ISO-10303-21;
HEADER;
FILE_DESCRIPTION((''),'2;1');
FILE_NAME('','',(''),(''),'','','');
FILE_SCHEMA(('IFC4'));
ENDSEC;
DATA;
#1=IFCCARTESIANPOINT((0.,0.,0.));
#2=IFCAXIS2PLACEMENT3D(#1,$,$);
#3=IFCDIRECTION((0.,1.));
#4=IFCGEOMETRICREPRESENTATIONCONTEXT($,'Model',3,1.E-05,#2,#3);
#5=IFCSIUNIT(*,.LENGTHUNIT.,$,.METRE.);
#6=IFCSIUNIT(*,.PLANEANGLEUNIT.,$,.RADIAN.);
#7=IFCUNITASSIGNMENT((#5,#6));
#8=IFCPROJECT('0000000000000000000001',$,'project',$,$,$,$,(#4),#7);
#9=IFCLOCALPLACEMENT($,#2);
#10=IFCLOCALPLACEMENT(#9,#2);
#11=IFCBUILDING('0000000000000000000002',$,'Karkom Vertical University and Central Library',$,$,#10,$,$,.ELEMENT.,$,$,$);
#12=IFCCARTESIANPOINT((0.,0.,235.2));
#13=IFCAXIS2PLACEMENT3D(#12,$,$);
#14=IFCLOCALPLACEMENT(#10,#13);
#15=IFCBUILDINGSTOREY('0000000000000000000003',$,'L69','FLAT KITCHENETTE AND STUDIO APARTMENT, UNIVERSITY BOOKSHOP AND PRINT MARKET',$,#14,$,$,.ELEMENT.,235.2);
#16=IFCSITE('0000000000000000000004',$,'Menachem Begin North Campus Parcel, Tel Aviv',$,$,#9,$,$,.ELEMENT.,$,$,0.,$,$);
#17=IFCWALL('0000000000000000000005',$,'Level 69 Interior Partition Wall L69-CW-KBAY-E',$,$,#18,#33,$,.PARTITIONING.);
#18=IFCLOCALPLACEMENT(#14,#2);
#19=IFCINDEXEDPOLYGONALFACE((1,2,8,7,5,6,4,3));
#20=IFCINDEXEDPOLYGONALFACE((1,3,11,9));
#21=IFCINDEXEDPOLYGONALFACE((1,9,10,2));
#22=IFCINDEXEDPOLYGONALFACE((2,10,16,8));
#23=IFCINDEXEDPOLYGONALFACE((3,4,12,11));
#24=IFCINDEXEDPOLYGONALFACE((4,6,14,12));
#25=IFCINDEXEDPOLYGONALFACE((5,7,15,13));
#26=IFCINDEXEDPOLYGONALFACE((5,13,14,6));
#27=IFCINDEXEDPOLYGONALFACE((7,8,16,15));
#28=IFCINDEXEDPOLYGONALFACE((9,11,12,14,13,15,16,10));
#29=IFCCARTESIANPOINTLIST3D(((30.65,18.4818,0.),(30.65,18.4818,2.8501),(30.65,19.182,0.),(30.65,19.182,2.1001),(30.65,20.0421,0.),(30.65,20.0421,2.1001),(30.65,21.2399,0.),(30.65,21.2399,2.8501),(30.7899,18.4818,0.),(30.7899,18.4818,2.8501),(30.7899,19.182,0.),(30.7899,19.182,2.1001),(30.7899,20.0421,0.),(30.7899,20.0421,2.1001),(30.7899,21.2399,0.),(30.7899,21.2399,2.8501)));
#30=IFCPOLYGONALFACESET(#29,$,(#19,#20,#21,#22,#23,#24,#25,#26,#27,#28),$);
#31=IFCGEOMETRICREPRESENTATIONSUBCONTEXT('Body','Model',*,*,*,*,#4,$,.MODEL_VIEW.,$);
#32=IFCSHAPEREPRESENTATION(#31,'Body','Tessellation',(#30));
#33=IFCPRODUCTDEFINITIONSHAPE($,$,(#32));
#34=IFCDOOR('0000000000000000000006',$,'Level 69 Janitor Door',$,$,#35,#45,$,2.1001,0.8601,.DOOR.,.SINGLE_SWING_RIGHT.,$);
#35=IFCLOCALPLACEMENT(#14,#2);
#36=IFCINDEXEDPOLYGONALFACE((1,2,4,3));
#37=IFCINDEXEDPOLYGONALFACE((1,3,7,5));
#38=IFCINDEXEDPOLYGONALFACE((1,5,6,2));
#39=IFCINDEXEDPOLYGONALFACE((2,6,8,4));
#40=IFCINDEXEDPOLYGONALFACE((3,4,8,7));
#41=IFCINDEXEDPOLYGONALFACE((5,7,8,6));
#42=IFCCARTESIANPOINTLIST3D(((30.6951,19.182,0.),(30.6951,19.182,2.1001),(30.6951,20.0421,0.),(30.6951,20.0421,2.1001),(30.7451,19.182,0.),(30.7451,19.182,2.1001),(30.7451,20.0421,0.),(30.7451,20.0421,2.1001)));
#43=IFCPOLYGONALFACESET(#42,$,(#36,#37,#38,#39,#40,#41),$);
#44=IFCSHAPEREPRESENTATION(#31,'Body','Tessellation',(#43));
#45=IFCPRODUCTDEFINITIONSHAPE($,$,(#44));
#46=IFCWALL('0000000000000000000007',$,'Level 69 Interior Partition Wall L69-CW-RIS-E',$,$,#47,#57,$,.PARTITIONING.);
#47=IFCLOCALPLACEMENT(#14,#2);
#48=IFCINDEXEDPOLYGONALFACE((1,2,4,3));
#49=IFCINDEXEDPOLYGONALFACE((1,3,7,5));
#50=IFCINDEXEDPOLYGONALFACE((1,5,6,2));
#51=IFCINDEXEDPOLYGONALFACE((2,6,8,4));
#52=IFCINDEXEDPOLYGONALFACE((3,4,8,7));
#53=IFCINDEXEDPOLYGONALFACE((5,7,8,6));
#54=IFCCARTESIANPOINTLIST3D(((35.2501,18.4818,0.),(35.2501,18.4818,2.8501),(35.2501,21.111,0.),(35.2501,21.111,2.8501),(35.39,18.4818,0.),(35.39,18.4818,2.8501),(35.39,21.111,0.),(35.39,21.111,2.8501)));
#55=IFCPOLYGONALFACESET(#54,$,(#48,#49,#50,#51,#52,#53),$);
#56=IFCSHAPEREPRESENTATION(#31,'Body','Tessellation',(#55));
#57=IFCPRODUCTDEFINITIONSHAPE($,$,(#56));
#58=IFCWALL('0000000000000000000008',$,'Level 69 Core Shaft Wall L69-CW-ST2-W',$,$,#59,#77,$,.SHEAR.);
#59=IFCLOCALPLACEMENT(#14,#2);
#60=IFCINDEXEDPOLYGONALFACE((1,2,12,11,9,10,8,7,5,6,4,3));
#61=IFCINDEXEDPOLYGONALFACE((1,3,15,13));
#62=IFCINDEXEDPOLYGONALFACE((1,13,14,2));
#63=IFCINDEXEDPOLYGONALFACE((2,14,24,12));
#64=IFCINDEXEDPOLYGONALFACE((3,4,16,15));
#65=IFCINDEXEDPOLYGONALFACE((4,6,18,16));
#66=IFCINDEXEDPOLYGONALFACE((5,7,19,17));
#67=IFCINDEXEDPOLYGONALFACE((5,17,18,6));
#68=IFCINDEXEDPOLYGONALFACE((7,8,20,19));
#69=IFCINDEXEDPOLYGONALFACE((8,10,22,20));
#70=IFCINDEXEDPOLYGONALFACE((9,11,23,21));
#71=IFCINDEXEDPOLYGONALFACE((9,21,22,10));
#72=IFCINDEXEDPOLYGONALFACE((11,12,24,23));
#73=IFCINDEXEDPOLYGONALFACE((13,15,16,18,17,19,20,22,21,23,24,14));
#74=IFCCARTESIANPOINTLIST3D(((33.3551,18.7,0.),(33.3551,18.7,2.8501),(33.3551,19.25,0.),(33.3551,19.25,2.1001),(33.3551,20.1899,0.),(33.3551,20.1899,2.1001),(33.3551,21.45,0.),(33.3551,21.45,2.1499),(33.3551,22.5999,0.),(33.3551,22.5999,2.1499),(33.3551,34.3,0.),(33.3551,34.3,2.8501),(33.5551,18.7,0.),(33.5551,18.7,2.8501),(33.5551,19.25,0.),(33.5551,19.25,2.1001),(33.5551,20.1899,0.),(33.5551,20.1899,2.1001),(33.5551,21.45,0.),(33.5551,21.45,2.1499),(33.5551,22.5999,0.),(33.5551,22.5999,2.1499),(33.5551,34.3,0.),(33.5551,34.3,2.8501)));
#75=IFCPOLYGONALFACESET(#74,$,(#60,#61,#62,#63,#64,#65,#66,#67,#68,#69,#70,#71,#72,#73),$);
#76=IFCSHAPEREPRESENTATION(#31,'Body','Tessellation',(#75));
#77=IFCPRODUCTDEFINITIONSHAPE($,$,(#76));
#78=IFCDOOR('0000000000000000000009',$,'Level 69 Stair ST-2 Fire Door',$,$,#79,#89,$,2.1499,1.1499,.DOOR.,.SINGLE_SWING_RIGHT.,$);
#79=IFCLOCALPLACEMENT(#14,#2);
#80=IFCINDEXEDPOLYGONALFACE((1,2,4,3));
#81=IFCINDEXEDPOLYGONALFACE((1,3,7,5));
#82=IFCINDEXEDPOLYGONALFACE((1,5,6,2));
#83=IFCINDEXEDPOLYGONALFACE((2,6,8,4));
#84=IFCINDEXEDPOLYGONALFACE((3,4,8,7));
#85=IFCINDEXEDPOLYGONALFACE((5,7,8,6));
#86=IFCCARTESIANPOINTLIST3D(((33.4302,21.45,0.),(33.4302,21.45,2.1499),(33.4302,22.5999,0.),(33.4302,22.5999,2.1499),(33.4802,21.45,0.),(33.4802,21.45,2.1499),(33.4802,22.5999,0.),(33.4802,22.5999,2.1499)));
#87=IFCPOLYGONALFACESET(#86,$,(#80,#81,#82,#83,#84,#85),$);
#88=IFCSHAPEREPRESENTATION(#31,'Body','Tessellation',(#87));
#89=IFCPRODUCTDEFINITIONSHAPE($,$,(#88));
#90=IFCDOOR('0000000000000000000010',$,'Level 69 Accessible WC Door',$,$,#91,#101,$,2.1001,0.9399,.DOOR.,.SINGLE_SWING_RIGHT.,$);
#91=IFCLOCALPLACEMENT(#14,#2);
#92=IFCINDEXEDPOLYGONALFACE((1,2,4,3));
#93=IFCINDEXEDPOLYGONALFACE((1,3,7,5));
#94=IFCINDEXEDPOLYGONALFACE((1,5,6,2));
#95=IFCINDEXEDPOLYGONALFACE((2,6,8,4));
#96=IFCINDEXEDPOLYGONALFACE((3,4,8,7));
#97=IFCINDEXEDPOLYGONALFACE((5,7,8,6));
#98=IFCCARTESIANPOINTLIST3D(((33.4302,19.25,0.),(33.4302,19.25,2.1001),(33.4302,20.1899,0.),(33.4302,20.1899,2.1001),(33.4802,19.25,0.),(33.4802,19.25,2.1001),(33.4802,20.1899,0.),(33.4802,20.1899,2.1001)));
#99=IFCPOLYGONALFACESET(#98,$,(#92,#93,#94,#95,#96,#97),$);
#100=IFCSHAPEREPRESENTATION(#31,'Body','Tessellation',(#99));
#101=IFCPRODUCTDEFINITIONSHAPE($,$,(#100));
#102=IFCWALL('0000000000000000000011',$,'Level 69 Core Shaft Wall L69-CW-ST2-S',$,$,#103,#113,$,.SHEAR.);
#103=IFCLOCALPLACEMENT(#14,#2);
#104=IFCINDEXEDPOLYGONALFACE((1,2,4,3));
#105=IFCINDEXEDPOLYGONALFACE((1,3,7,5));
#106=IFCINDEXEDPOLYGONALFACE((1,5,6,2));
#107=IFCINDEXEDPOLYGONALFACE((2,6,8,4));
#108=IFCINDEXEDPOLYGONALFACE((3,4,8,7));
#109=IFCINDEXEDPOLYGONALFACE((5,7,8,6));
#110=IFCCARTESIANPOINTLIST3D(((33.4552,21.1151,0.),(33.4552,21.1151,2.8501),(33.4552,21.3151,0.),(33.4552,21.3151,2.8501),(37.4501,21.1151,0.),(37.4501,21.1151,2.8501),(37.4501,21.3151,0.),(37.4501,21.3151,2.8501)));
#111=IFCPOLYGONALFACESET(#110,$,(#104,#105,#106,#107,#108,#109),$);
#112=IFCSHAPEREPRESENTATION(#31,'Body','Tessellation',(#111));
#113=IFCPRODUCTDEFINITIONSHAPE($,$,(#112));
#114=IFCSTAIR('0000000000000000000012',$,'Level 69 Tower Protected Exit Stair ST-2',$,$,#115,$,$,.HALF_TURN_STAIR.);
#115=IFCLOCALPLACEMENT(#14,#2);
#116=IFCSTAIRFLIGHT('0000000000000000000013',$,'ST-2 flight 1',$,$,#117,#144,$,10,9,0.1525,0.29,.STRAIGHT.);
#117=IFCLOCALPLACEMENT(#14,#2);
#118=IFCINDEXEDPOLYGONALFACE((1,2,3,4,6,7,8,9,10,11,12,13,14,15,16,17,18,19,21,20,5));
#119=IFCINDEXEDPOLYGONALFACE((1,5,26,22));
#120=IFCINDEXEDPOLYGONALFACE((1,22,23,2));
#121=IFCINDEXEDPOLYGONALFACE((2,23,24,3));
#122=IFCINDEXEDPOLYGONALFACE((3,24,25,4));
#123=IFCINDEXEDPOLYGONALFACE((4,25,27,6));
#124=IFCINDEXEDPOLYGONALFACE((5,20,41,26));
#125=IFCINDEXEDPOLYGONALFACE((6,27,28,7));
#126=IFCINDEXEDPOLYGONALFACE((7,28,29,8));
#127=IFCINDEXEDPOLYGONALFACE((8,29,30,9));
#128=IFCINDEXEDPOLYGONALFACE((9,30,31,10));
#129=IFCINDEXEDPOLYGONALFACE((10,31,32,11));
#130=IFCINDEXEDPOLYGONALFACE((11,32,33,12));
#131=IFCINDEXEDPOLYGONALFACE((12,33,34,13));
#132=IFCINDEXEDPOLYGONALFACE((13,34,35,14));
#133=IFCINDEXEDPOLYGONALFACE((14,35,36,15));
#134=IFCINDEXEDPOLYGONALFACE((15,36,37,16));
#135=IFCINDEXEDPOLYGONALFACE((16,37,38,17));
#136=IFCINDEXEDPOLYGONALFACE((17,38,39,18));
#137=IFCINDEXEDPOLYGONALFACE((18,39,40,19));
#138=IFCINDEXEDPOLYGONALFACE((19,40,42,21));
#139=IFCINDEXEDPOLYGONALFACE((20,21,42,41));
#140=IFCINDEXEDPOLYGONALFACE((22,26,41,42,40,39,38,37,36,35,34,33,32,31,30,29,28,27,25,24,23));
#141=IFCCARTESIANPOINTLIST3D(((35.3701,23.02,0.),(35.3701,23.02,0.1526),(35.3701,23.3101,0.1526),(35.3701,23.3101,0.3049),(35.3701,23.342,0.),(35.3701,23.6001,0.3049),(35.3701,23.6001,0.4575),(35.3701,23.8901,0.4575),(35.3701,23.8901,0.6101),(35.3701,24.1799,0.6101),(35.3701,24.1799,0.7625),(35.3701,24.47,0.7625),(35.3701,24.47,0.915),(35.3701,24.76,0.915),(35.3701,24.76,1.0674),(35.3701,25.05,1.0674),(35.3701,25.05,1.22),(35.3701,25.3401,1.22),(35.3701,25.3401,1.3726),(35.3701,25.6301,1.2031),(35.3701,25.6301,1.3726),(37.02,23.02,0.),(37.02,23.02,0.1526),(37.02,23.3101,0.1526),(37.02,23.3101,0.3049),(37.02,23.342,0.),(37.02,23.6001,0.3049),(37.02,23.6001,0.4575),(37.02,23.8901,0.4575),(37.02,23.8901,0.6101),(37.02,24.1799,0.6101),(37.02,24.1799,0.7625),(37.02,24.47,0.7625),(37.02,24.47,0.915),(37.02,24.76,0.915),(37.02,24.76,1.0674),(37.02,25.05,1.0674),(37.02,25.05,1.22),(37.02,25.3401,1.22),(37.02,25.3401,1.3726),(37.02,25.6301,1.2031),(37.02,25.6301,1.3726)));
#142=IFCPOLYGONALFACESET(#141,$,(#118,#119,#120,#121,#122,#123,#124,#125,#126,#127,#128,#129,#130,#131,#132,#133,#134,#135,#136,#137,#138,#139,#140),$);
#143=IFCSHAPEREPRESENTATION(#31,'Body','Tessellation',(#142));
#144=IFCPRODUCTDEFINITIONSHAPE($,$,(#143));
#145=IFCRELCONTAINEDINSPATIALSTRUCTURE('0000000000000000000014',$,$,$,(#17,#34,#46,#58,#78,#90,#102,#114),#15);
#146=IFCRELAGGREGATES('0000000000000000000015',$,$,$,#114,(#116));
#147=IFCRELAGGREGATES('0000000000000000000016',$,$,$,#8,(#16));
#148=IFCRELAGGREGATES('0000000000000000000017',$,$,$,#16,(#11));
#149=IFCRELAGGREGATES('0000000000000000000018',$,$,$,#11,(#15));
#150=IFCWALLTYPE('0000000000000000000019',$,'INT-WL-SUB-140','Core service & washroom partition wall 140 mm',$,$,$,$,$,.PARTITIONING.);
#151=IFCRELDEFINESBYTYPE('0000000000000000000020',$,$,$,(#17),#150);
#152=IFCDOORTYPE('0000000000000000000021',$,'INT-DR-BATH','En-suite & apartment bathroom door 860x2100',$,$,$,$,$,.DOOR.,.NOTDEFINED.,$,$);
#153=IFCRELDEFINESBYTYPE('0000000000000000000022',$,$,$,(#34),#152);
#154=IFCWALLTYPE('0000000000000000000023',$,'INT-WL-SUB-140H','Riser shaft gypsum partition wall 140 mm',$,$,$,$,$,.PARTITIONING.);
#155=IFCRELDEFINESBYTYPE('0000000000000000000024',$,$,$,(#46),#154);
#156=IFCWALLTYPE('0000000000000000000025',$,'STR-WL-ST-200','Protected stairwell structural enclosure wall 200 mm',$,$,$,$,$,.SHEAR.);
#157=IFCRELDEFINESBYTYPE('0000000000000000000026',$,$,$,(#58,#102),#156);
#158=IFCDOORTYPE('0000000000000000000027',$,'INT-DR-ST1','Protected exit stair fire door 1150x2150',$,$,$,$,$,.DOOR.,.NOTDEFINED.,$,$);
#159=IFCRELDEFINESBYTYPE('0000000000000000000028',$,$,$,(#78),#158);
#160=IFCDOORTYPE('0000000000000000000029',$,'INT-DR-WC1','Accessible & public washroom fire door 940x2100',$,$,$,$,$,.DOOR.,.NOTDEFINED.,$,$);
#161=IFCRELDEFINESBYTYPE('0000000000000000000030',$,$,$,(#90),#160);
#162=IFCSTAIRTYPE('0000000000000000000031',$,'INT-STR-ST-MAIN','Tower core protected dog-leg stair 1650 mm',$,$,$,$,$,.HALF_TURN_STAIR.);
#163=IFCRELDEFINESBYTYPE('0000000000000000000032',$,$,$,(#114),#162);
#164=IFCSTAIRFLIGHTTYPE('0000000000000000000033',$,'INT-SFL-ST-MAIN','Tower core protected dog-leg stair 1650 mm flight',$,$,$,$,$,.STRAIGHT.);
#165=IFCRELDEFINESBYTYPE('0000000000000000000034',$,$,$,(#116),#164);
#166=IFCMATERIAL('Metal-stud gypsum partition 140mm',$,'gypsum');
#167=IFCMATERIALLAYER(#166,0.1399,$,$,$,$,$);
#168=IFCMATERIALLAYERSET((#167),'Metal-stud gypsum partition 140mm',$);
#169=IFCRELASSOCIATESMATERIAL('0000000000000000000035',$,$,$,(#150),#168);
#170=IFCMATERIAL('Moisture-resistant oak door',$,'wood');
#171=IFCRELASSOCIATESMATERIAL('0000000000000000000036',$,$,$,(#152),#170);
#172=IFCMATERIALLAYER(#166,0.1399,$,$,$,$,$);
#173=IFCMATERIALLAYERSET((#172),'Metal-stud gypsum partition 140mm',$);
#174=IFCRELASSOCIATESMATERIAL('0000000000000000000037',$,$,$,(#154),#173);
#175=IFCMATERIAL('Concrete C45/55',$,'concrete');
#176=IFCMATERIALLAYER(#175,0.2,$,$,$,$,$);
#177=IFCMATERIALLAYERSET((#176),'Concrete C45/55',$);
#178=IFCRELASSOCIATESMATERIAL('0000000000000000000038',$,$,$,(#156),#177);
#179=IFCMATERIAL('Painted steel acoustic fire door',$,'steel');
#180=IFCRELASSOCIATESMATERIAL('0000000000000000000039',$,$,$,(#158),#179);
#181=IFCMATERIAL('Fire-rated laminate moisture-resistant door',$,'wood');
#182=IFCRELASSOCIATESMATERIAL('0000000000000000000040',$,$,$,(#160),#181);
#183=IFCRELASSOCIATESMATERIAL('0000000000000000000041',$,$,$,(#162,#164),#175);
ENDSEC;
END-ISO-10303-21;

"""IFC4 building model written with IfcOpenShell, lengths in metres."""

from ifc_helpers import new_model, si_unit, direction, frame, frame_2d, origin, origin_with_axes, place, context, subcontext, project, spatial, polyline, rectangle, outline, extrude, source, transform, mapped, material, layer, layer_set, type_object, element, fill, aggregate, save


model = new_model("IFC4")

# Units and contexts
model_context = context("Model", 3, precision=1e-05, world=origin(), true_north=direction((0.0, 1.0)))
body_context = subcontext(model_context, "Body", "Model", "MODEL_VIEW")
ifc_project = project(units=[si_unit("LENGTHUNIT", "METRE"), si_unit("PLANEANGLEUNIT", "RADIAN")], contexts=[model_context])

# Site, building, storey
site_placement = place(None, origin())
site = spatial("IfcSite", under=ifc_project, at=site_placement, Name="Menachem Begin North Campus Parcel, Tel Aviv", CompositionType="ELEMENT", RefElevation=0.0)
building_placement = place(site_placement, origin())
building = spatial("IfcBuilding", under=site, at=building_placement, Name="Karkom Vertical University and Central Library", CompositionType="ELEMENT")
storey_placement = place(building_placement, frame((0.0, 0.0, 235.2)))
storey = spatial("IfcBuildingStorey", under=building, at=storey_placement, Name="L69", Description="FLAT KITCHENETTE AND STUDIO APARTMENT, UNIVERSITY BOOKSHOP AND PRINT MARKET", CompositionType="ELEMENT", Elevation=235.2)

# Shared definitions
ifc_material_1 = material(Name="Concrete C45/55", Category="concrete")

# Shared definitions
ifc_material_2 = material(Name="Metal-stud gypsum partition 140mm", Category="gypsum")
ifc_layer_1 = layer(ifc_material_2, 0.1399)
ifc_layer_set_1 = layer_set([ifc_layer_1], Name="Metal-stud gypsum partition 140mm")
wall_type_1 = type_object("IfcWallType", Name="INT-WL-SUB-140", Description="Core service & washroom partition wall 140 mm", PredefinedType="PARTITIONING", material=ifc_layer_set_1)

# Wall, opening, door
wall_1_placement = place(storey_placement, frame((30.72, 18.4819, 0.0), z_axis=(0.0, 0.0, 1.0), x_axis=(0.0, 1.0, 0.0)))
wall_1 = element("IfcWall", 1, at=wall_1_placement, inside=storey, type_object=wall_type_1, Name="Level 69 Interior Partition Wall L69-CW-KBAY-E", PredefinedType="PARTITIONING", context=body_context, shape_type="SweptSolid", body=[
    extrude(rectangle(XDim=2.7581, YDim=0.1399, at=frame_2d((1.3789, 0.0))), origin(), (0.0, 0.0, 1.0), 2.8501),
])
opening_1_placement = place(wall_1_placement, frame((0.7, 0.0, 0.0)))
opening_1 = element("IfcOpeningElement", 2, at=opening_1_placement, cuts=wall_1, PredefinedType="OPENING", context=body_context, shape_type="SweptSolid", body=[
    extrude(rectangle(XDim=0.8601, YDim=2.1001, at=frame_2d((0.4302, 1.05))), frame((0.0, 0.0801, 0.0), z_axis=(0.0, -1.0, 0.0), x_axis=(1.0, 0.0, 0.0)), (0.0, 0.0, 1.0), 0.1599),
])
ifc_material_3 = material(Name="Moisture-resistant oak door", Category="wood")
door_type_1 = type_object("IfcDoorType", Name="INT-DR-BATH", Description="En-suite & apartment bathroom door 860x2100", OperationType="NOTDEFINED", PredefinedType="DOOR", material=ifc_material_3)
shared_shape_1 = source(origin_with_axes(), body_context, "Body", "SweptSolid", [
    extrude(rectangle(XDim=0.8601, YDim=2.1001, at=frame_2d((0.4302, 1.05))), frame((0.0, 0.0249, 0.0), z_axis=(0.0, -1.0, 0.0), x_axis=(1.0, 0.0, 0.0)), (0.0, 0.0, 1.0), 0.05),
])
door_1_placement = place(opening_1_placement, origin())
door_1 = element("IfcDoor", 3, at=door_1_placement, inside=storey, type_object=door_type_1, Name="Level 69 Janitor Door", OperationType="SINGLE_SWING_RIGHT", OverallHeight=2.1001, OverallWidth=0.8601, PredefinedType="DOOR", context=body_context, shape_type="MappedRepresentation", body=[
    mapped(shared_shape_1, transform((0.0, 0.0, 0.0), scale=1.0)),
])
fill(opening_1, door_1)

# Wall
ifc_layer_2 = layer(ifc_material_2, 0.1399)
ifc_layer_set_2 = layer_set([ifc_layer_2], Name="Metal-stud gypsum partition 140mm")
wall_type_2 = type_object("IfcWallType", Name="INT-WL-SUB-140H", Description="Riser shaft gypsum partition wall 140 mm", PredefinedType="PARTITIONING", material=ifc_layer_set_2)
wall_2_placement = place(storey_placement, frame((35.3201, 18.4819, 0.0), z_axis=(0.0, 0.0, 1.0), x_axis=(0.0, 1.0, 0.0)))
element("IfcWall", 4, at=wall_2_placement, inside=storey, type_object=wall_type_2, Name="Level 69 Interior Partition Wall L69-CW-RIS-E", PredefinedType="PARTITIONING", context=body_context, shape_type="SweptSolid", body=[
    extrude(rectangle(XDim=2.6292, YDim=0.1399, at=frame_2d((1.3145, 0.0))), origin(), (0.0, 0.0, 1.0), 2.8501),
])

# Wall, openings, doors
ifc_layer_3 = layer(ifc_material_1, 0.2)
ifc_layer_set_3 = layer_set([ifc_layer_3], Name="Concrete C45/55")
wall_type_3 = type_object("IfcWallType", Name="STR-WL-ST-200", Description="Protected stairwell structural enclosure wall 200 mm", PredefinedType="SHEAR", material=ifc_layer_set_3)
wall_3_placement = place(storey_placement, frame((33.4551, 18.7, 0.0), z_axis=(0.0, 0.0, 1.0), x_axis=(0.0, 1.0, 0.0)))
wall_3 = element("IfcWall", 5, at=wall_3_placement, inside=storey, type_object=wall_type_3, Name="Level 69 Core Shaft Wall L69-CW-ST2-W", PredefinedType="SHEAR", context=body_context, shape_type="SweptSolid", body=[
    extrude(rectangle(XDim=15.6001, YDim=0.2, at=frame_2d((7.8, 0.0))), origin(), (0.0, 0.0, 1.0), 2.8501),
])
opening_2_placement = place(wall_3_placement, frame((2.75, 0.0, 0.0)))
opening_2 = element("IfcOpeningElement", 6, at=opening_2_placement, cuts=wall_3, PredefinedType="OPENING", context=body_context, shape_type="SweptSolid", body=[
    extrude(rectangle(XDim=1.1499, YDim=2.1499, at=frame_2d((0.575, 1.075))), frame((0.0, 0.1099, 0.0), z_axis=(0.0, -1.0, 0.0), x_axis=(1.0, 0.0, 0.0)), (0.0, 0.0, 1.0), 0.22),
])
opening_3_placement = place(wall_3_placement, frame((0.55, 0.0, 0.0)))
opening_3 = element("IfcOpeningElement", 7, at=opening_3_placement, cuts=wall_3, PredefinedType="OPENING", context=body_context, shape_type="SweptSolid", body=[
    extrude(rectangle(XDim=0.9399, YDim=2.1001, at=frame_2d((0.47, 1.05))), frame((0.0, 0.1099, 0.0), z_axis=(0.0, -1.0, 0.0), x_axis=(1.0, 0.0, 0.0)), (0.0, 0.0, 1.0), 0.22),
])
ifc_material_4 = material(Name="Painted steel acoustic fire door", Category="steel")
door_type_2 = type_object("IfcDoorType", Name="INT-DR-ST1", Description="Protected exit stair fire door 1150x2150", OperationType="NOTDEFINED", PredefinedType="DOOR", material=ifc_material_4)
shared_shape_2 = source(origin_with_axes(), body_context, "Body", "SweptSolid", [
    extrude(rectangle(XDim=1.1499, YDim=2.1499, at=frame_2d((0.575, 1.075))), frame((0.0, 0.0249, 0.0), z_axis=(0.0, -1.0, 0.0), x_axis=(1.0, 0.0, 0.0)), (0.0, 0.0, 1.0), 0.05),
])
door_2_placement = place(opening_2_placement, origin())
door_2 = element("IfcDoor", 8, at=door_2_placement, inside=storey, type_object=door_type_2, Name="Level 69 Stair ST-2 Fire Door", OperationType="SINGLE_SWING_RIGHT", OverallHeight=2.1499, OverallWidth=1.1499, PredefinedType="DOOR", context=body_context, shape_type="MappedRepresentation", body=[
    mapped(shared_shape_2, transform((0.0, 0.0, 0.0), scale=1.0)),
])
fill(opening_2, door_2)
ifc_material_5 = material(Name="Fire-rated laminate moisture-resistant door", Category="wood")
door_type_3 = type_object("IfcDoorType", Name="INT-DR-WC1", Description="Accessible & public washroom fire door 940x2100", OperationType="NOTDEFINED", PredefinedType="DOOR", material=ifc_material_5)
shared_shape_3 = source(origin_with_axes(), body_context, "Body", "SweptSolid", [
    extrude(rectangle(XDim=0.9399, YDim=2.1001, at=frame_2d((0.47, 1.05))), frame((0.0, 0.0249, 0.0), z_axis=(0.0, -1.0, 0.0), x_axis=(1.0, 0.0, 0.0)), (0.0, 0.0, 1.0), 0.05),
])
door_3_placement = place(opening_3_placement, origin())
door_3 = element("IfcDoor", 9, at=door_3_placement, inside=storey, type_object=door_type_3, Name="Level 69 Accessible WC Door", OperationType="SINGLE_SWING_RIGHT", OverallHeight=2.1001, OverallWidth=0.9399, PredefinedType="DOOR", context=body_context, shape_type="MappedRepresentation", body=[
    mapped(shared_shape_3, transform((0.0, 0.0, 0.0), scale=1.0)),
])
fill(opening_3, door_3)

# Wall
wall_4_placement = place(storey_placement, frame((33.4551, 21.2151, 0.0), z_axis=(0.0, 0.0, 1.0), x_axis=(1.0, 0.0, 0.0)))
element("IfcWall", 10, at=wall_4_placement, inside=storey, type_object=wall_type_3, Name="Level 69 Core Shaft Wall L69-CW-ST2-S", PredefinedType="SHEAR", context=body_context, shape_type="SweptSolid", body=[
    extrude(rectangle(XDim=3.9949, YDim=0.2, at=frame_2d((1.9976, 0.0))), origin(), (0.0, 0.0, 1.0), 2.8501),
])

# Stair, stair flight
stair_type = type_object("IfcStairType", Name="INT-STR-ST-MAIN", Description="Tower core protected dog-leg stair 1650 mm", PredefinedType="HALF_TURN_STAIR", material=ifc_material_1)
stair_placement = place(storey_placement, origin())
stair = element("IfcStair", 11, at=stair_placement, inside=storey, type_object=stair_type, Name="Level 69 Tower Protected Exit Stair ST-2", PredefinedType="HALF_TURN_STAIR")
stair_flight_type = type_object("IfcStairFlightType", Name="INT-SFL-ST-MAIN", Description="Tower core protected dog-leg stair 1650 mm flight", PredefinedType="STRAIGHT", material=ifc_material_1)
stair_flight_placement = place(storey_placement, frame((36.1951, 23.02, 0.0), z_axis=(0.0, 0.0, 1.0), x_axis=(0.0, 1.0, 0.0)))
stair_flight = element("IfcStairFlight", 12, at=stair_flight_placement, type_object=stair_flight_type, Name="ST-2 flight 1", NumberOfRisers=10, NumberOfTreads=9, PredefinedType="STRAIGHT", RiserHeight=0.1525, TreadLength=0.29, context=body_context, shape_type="SweptSolid", body=[
    extrude(outline(polyline([(0.0, 0.0), (0.0, 0.1526), (0.29, 0.1526), (0.29, 0.3049), (0.5801, 0.3049), (0.5801, 0.4575), (0.8701, 0.4575), (0.8701, 0.6101), (1.1599, 0.6101), (1.1599, 0.7625), (1.45, 0.7625), (1.45, 0.915), (1.74, 0.915), (1.74, 1.0674), (2.03, 1.0674), (2.03, 1.22), (2.3201, 1.22), (2.3201, 1.3726), (2.6101, 1.3726), (2.6101, 1.5249), (2.6101, 1.2031), (0.322, 0.0), (0.0, 0.0)])), frame((0.0, 0.825, 0.0), z_axis=(0.0, -1.0, 0.0), x_axis=(1.0, 0.0, 0.0)), (0.0, 0.0, 1.0), 1.6499),
])
aggregate(stair, [stair_flight])

save(model, "model.ifc")
